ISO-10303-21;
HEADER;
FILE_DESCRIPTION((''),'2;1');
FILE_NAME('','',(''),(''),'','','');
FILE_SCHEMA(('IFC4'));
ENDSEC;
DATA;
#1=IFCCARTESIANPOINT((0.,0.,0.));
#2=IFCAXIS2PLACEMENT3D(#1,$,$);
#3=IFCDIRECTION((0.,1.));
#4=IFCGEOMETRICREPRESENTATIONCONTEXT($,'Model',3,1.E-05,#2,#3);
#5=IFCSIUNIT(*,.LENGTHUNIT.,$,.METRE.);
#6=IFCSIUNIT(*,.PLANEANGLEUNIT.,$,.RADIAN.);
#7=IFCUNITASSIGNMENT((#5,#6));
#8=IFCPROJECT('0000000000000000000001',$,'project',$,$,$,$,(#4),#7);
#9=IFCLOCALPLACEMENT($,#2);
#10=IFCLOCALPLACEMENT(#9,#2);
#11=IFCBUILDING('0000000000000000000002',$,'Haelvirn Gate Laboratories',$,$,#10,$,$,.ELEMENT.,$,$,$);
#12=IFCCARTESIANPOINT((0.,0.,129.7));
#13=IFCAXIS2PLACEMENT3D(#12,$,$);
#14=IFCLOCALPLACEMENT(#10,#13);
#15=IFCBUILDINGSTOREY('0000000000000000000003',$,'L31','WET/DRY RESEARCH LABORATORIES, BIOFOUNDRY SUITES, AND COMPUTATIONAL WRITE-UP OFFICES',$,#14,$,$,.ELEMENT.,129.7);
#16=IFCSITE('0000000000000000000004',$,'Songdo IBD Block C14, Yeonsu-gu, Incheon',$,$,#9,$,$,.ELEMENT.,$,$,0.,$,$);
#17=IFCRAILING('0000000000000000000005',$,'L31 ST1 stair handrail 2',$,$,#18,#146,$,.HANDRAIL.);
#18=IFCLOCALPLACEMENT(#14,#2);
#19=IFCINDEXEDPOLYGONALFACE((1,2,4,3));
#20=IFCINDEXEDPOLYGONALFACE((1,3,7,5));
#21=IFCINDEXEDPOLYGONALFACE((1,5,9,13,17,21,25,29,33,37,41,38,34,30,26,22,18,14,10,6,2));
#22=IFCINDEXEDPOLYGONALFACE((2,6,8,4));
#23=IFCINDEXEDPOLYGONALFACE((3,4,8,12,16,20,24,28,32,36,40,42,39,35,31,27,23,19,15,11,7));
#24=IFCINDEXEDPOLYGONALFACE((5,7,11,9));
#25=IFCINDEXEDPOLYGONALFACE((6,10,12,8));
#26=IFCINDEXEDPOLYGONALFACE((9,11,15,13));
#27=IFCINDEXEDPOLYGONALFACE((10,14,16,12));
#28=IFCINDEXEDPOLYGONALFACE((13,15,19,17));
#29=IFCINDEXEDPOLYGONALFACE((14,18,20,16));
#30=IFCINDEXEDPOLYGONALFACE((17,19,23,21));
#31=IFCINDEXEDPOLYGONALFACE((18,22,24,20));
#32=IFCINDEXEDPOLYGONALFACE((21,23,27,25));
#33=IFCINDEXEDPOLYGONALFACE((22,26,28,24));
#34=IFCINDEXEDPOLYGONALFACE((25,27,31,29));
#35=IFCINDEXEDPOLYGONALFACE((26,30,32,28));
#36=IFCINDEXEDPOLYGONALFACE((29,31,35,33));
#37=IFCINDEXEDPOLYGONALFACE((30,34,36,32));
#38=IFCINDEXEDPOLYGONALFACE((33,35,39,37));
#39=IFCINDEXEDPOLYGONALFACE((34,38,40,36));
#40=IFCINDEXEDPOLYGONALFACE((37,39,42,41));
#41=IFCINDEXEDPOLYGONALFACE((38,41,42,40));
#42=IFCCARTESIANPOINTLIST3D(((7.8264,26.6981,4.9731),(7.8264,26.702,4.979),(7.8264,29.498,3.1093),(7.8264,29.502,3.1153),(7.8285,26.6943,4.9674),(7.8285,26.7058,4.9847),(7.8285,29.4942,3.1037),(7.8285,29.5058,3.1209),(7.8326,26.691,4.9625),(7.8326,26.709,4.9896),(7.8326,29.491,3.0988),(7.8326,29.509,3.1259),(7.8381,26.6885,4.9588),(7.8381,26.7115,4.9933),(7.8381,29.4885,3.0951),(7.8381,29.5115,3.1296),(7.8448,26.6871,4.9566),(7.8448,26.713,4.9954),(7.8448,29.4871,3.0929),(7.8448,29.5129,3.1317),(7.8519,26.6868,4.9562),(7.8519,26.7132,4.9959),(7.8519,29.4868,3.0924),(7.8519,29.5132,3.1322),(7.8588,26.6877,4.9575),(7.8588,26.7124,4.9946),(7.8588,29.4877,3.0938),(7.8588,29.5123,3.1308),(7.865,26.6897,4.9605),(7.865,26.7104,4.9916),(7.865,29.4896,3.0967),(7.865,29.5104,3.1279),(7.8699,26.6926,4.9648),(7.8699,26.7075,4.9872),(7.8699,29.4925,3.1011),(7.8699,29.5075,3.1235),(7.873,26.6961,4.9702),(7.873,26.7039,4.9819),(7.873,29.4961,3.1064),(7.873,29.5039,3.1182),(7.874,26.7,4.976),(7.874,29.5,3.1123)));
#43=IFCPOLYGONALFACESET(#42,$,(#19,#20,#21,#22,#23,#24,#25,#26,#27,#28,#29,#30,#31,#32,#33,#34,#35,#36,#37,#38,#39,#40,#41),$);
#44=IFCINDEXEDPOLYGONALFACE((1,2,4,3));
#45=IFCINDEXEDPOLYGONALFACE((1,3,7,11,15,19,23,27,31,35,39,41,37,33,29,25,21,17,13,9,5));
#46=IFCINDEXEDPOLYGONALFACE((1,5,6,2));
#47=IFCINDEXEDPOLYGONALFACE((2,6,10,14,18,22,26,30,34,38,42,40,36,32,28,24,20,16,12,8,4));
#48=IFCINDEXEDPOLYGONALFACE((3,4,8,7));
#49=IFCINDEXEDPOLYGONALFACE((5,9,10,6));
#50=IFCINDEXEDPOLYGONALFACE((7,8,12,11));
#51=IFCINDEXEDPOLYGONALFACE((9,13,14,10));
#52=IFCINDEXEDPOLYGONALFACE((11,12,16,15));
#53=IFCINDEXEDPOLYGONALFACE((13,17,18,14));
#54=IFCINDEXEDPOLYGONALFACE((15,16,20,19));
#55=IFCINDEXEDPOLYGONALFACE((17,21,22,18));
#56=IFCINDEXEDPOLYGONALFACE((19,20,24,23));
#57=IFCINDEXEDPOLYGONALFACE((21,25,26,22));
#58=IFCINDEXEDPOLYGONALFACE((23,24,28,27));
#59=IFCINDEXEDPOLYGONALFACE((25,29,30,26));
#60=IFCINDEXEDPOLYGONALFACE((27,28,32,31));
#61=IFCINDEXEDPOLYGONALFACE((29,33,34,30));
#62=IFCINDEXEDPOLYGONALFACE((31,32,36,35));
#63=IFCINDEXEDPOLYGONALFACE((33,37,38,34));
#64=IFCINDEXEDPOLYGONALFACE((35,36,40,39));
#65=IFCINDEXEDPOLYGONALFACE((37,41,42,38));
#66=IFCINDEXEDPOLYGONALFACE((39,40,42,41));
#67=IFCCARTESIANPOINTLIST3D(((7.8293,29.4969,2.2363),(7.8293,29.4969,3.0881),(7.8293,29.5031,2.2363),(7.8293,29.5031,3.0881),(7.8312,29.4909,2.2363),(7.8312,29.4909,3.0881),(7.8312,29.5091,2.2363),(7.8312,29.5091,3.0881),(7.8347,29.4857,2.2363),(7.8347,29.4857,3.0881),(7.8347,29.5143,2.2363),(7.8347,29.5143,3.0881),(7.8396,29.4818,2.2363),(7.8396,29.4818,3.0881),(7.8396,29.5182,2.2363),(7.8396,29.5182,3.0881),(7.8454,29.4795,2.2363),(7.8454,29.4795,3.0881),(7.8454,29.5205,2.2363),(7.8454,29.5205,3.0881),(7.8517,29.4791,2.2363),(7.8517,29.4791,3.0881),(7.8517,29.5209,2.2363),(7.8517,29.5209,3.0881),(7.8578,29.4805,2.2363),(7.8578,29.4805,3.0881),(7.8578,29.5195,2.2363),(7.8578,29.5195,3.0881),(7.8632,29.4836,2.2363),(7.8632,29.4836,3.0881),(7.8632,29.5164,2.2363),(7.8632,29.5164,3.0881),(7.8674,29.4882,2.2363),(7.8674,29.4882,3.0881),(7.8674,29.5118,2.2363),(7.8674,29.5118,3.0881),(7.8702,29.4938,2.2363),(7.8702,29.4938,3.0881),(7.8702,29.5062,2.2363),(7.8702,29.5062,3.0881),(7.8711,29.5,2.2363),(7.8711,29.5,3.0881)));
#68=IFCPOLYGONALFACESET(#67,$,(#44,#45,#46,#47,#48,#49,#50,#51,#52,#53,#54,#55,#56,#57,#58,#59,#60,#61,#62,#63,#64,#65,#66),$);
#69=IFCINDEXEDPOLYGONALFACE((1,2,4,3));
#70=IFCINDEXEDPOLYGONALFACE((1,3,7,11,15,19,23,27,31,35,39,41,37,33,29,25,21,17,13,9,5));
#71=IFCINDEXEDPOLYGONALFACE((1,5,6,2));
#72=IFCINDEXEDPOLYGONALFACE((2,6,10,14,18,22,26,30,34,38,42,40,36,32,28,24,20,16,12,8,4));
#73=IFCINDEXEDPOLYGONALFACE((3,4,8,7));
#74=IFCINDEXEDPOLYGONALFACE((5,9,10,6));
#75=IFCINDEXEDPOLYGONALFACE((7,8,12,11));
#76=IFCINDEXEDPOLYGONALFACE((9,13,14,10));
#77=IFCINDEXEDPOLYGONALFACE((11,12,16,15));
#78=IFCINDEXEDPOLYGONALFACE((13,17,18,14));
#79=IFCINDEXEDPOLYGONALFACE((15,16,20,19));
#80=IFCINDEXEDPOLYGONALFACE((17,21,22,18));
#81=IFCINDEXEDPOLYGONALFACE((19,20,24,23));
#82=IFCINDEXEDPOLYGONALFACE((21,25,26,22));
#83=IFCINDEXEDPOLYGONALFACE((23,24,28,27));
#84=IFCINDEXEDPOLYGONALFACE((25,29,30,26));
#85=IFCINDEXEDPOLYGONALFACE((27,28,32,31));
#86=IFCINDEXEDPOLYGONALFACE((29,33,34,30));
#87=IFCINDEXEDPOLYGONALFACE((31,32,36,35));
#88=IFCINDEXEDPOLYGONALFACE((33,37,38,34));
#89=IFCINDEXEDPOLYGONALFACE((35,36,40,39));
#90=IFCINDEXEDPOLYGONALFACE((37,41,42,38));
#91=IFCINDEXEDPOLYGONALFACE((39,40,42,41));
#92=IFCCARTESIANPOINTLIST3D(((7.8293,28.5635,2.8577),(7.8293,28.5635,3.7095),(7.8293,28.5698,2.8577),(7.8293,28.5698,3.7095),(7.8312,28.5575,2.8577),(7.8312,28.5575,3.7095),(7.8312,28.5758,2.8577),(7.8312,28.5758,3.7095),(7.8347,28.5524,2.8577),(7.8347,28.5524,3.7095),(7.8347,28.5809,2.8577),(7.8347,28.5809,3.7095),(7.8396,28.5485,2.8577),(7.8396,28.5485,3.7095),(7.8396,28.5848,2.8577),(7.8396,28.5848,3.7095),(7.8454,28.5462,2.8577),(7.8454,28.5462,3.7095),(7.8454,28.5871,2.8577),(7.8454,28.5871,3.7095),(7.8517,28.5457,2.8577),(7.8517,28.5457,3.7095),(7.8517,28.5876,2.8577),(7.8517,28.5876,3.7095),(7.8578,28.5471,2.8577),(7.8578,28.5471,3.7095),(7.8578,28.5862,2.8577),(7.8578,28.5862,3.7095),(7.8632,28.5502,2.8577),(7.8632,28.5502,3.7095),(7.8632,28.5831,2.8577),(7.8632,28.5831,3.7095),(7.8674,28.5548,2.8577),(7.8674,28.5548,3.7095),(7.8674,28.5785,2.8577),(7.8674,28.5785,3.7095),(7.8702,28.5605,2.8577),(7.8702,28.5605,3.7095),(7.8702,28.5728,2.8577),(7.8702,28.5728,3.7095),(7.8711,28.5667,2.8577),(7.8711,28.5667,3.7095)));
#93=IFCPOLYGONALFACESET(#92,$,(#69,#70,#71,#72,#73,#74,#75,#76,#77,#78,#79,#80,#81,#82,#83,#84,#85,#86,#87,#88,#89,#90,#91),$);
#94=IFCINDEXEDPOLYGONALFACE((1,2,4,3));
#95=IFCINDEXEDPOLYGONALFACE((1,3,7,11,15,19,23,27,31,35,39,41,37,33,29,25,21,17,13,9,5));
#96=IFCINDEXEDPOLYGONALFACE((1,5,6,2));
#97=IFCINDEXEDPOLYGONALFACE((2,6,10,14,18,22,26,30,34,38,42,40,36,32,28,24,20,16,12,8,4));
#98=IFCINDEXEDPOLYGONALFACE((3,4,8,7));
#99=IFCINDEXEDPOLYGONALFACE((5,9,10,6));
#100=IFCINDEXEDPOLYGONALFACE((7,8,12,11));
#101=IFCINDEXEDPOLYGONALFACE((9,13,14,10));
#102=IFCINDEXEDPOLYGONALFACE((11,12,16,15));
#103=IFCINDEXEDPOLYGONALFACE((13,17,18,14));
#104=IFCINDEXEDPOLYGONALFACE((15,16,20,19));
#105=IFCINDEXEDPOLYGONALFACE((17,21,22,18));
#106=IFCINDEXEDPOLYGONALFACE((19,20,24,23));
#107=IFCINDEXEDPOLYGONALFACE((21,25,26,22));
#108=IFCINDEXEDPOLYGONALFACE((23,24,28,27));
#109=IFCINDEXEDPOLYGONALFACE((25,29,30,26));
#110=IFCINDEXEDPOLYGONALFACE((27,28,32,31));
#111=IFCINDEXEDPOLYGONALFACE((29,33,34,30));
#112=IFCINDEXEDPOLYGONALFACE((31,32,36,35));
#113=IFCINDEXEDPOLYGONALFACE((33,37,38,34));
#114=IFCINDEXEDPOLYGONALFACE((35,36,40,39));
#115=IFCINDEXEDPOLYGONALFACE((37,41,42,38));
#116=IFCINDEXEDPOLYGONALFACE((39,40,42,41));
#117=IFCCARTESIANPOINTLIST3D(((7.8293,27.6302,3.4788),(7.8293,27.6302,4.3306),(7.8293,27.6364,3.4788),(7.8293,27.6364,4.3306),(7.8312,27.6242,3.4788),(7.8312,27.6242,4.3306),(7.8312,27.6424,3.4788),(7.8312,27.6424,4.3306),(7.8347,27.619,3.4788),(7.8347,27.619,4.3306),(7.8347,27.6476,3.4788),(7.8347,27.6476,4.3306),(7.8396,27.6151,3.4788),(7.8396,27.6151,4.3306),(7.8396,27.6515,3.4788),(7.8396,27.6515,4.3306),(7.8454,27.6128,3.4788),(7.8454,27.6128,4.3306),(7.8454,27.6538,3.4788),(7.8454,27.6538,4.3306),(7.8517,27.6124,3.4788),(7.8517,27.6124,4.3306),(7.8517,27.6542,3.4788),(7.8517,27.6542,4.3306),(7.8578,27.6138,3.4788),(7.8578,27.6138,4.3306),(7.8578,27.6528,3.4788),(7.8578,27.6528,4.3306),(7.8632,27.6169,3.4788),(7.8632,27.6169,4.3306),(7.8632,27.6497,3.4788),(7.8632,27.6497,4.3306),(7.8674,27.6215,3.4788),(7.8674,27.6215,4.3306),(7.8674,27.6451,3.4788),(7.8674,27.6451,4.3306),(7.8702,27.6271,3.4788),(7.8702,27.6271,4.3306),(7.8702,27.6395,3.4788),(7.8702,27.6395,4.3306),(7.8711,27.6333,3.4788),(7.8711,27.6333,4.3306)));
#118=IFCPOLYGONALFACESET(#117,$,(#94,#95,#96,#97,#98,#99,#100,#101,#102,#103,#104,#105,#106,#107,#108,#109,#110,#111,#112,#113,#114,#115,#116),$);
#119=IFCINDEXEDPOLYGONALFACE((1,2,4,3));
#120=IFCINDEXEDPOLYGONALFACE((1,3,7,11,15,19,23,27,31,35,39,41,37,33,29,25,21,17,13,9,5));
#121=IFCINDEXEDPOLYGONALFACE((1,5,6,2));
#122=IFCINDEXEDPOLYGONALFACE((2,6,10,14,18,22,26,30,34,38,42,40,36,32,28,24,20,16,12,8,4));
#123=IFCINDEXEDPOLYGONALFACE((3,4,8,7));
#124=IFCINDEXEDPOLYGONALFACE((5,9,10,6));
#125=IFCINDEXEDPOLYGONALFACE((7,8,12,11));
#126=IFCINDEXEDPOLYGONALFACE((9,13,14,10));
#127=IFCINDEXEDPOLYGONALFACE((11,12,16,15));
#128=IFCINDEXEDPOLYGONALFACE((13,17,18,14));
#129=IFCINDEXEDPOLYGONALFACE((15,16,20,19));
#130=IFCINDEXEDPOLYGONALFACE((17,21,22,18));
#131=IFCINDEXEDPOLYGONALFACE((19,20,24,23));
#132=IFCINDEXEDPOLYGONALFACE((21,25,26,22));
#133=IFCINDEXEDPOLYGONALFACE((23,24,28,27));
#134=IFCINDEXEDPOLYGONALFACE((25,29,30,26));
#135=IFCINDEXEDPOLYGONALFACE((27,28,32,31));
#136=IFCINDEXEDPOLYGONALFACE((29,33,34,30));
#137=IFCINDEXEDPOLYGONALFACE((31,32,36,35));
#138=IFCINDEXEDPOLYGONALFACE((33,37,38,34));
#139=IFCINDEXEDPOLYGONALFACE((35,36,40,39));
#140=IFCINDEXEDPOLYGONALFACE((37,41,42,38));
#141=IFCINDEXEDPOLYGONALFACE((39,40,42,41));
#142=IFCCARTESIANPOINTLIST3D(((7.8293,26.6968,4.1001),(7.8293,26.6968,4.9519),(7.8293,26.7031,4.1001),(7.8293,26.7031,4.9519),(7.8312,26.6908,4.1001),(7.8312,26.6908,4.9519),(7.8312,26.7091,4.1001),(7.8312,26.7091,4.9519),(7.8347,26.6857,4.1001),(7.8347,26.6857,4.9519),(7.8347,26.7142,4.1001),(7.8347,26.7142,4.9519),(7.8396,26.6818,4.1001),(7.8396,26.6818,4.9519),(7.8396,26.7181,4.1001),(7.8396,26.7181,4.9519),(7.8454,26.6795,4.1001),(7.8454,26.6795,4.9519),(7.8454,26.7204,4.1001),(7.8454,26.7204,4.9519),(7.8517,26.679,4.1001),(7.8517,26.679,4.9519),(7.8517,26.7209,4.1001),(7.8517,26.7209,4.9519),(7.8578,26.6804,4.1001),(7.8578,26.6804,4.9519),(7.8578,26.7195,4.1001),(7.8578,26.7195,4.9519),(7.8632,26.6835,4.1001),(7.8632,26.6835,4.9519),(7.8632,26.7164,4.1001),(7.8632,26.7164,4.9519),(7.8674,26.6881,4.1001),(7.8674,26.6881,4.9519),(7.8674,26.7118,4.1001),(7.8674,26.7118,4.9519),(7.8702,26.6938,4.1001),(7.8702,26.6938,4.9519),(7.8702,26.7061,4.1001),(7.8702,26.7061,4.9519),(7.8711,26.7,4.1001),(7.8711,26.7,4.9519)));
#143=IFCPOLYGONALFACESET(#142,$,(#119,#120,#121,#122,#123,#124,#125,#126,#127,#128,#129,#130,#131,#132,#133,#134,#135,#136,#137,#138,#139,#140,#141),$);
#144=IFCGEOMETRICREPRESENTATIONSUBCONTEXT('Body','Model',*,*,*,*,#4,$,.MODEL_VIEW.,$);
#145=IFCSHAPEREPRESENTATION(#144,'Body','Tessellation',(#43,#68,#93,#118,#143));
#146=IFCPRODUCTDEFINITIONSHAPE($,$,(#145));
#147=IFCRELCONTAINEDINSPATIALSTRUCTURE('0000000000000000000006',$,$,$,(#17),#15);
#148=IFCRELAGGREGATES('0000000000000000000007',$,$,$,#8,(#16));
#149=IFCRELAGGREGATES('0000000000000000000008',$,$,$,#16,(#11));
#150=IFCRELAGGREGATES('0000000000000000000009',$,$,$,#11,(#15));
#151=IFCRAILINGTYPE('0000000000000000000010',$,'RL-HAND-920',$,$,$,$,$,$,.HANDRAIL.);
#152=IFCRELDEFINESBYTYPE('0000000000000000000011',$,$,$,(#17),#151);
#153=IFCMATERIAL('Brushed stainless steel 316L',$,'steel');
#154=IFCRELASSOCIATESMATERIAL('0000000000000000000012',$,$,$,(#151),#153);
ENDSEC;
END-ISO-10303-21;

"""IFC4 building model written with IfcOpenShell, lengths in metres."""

from ifc_helpers import new_model, si_unit, direction, frame, origin, origin_2d, place, context, subcontext, project, spatial, circle, extrude, source, transform, mapped, material, type_object, element, save


model = new_model("IFC4")

# Units and contexts
model_context = context("Model", 3, precision=1e-05, world=origin(), true_north=direction((0.0, 1.0)))
body_context = subcontext(model_context, "Body", "Model", "MODEL_VIEW")
ifc_project = project(units=[si_unit("LENGTHUNIT", "METRE"), si_unit("PLANEANGLEUNIT", "RADIAN")], contexts=[model_context])

# Site, building, storey
site_placement = place(None, origin())
site = spatial("IfcSite", under=ifc_project, at=site_placement, Name="Songdo IBD Block C14, Yeonsu-gu, Incheon", CompositionType="ELEMENT", RefElevation=0.0)
building_placement = place(site_placement, origin())
building = spatial("IfcBuilding", under=site, at=building_placement, Name="Haelvirn Gate Laboratories", CompositionType="ELEMENT")
storey_placement = place(building_placement, frame((0.0, 0.0, 129.7)))
storey = spatial("IfcBuildingStorey", under=building, at=storey_placement, Name="L31", Description="WET/DRY RESEARCH LABORATORIES, BIOFOUNDRY SUITES, AND COMPUTATIONAL WRITE-UP OFFICES", CompositionType="ELEMENT", Elevation=129.7)

# Railing
ifc_material_1 = material(Name="Brushed stainless steel 316L", Category="steel")
railing_type_1 = type_object("IfcRailingType", Name="RL-HAND-920", PredefinedType="HANDRAIL", material=ifc_material_1)
shared_shape_1 = source(origin(), body_context, "Body", "SweptSolid", [
    extrude(circle(Radius=0.0239, at=origin_2d()), frame((0.0, 0.0, 0.876), z_axis=(0.0, -0.832452, 0.554097), x_axis=(1.0, 0.0, 0.0)), (0.0, 0.0, 1.0), 3.3635),
    extrude(circle(Radius=0.021, at=origin_2d()), origin(), (0.0, 0.0, 1.0), 0.8518),
    extrude(circle(Radius=0.021, at=origin_2d()), frame((0.0, -0.9333, 0.6213)), (0.0, 0.0, 1.0), 0.8518),
    extrude(circle(Radius=0.021, at=origin_2d()), frame((0.0, -1.8667, 1.2424)), (0.0, 0.0, 1.0), 0.8518),
    extrude(circle(Radius=0.021, at=origin_2d()), frame((0.0, -2.8, 1.8638)), (0.0, 0.0, 1.0), 0.8518),
])
railing_1_placement = place(storey_placement, frame((7.8501, 29.5, 2.2363)))
element("IfcRailing", 1, at=railing_1_placement, inside=storey, type_object=railing_type_1, Name="L31 ST1 stair handrail 2", PredefinedType="HANDRAIL", context=body_context, shape_type="MappedRepresentation", body=[
    mapped(shared_shape_1, transform((0.0, 0.0, 0.0), scale=1.0)),
])

save(model, "model.ifc")
